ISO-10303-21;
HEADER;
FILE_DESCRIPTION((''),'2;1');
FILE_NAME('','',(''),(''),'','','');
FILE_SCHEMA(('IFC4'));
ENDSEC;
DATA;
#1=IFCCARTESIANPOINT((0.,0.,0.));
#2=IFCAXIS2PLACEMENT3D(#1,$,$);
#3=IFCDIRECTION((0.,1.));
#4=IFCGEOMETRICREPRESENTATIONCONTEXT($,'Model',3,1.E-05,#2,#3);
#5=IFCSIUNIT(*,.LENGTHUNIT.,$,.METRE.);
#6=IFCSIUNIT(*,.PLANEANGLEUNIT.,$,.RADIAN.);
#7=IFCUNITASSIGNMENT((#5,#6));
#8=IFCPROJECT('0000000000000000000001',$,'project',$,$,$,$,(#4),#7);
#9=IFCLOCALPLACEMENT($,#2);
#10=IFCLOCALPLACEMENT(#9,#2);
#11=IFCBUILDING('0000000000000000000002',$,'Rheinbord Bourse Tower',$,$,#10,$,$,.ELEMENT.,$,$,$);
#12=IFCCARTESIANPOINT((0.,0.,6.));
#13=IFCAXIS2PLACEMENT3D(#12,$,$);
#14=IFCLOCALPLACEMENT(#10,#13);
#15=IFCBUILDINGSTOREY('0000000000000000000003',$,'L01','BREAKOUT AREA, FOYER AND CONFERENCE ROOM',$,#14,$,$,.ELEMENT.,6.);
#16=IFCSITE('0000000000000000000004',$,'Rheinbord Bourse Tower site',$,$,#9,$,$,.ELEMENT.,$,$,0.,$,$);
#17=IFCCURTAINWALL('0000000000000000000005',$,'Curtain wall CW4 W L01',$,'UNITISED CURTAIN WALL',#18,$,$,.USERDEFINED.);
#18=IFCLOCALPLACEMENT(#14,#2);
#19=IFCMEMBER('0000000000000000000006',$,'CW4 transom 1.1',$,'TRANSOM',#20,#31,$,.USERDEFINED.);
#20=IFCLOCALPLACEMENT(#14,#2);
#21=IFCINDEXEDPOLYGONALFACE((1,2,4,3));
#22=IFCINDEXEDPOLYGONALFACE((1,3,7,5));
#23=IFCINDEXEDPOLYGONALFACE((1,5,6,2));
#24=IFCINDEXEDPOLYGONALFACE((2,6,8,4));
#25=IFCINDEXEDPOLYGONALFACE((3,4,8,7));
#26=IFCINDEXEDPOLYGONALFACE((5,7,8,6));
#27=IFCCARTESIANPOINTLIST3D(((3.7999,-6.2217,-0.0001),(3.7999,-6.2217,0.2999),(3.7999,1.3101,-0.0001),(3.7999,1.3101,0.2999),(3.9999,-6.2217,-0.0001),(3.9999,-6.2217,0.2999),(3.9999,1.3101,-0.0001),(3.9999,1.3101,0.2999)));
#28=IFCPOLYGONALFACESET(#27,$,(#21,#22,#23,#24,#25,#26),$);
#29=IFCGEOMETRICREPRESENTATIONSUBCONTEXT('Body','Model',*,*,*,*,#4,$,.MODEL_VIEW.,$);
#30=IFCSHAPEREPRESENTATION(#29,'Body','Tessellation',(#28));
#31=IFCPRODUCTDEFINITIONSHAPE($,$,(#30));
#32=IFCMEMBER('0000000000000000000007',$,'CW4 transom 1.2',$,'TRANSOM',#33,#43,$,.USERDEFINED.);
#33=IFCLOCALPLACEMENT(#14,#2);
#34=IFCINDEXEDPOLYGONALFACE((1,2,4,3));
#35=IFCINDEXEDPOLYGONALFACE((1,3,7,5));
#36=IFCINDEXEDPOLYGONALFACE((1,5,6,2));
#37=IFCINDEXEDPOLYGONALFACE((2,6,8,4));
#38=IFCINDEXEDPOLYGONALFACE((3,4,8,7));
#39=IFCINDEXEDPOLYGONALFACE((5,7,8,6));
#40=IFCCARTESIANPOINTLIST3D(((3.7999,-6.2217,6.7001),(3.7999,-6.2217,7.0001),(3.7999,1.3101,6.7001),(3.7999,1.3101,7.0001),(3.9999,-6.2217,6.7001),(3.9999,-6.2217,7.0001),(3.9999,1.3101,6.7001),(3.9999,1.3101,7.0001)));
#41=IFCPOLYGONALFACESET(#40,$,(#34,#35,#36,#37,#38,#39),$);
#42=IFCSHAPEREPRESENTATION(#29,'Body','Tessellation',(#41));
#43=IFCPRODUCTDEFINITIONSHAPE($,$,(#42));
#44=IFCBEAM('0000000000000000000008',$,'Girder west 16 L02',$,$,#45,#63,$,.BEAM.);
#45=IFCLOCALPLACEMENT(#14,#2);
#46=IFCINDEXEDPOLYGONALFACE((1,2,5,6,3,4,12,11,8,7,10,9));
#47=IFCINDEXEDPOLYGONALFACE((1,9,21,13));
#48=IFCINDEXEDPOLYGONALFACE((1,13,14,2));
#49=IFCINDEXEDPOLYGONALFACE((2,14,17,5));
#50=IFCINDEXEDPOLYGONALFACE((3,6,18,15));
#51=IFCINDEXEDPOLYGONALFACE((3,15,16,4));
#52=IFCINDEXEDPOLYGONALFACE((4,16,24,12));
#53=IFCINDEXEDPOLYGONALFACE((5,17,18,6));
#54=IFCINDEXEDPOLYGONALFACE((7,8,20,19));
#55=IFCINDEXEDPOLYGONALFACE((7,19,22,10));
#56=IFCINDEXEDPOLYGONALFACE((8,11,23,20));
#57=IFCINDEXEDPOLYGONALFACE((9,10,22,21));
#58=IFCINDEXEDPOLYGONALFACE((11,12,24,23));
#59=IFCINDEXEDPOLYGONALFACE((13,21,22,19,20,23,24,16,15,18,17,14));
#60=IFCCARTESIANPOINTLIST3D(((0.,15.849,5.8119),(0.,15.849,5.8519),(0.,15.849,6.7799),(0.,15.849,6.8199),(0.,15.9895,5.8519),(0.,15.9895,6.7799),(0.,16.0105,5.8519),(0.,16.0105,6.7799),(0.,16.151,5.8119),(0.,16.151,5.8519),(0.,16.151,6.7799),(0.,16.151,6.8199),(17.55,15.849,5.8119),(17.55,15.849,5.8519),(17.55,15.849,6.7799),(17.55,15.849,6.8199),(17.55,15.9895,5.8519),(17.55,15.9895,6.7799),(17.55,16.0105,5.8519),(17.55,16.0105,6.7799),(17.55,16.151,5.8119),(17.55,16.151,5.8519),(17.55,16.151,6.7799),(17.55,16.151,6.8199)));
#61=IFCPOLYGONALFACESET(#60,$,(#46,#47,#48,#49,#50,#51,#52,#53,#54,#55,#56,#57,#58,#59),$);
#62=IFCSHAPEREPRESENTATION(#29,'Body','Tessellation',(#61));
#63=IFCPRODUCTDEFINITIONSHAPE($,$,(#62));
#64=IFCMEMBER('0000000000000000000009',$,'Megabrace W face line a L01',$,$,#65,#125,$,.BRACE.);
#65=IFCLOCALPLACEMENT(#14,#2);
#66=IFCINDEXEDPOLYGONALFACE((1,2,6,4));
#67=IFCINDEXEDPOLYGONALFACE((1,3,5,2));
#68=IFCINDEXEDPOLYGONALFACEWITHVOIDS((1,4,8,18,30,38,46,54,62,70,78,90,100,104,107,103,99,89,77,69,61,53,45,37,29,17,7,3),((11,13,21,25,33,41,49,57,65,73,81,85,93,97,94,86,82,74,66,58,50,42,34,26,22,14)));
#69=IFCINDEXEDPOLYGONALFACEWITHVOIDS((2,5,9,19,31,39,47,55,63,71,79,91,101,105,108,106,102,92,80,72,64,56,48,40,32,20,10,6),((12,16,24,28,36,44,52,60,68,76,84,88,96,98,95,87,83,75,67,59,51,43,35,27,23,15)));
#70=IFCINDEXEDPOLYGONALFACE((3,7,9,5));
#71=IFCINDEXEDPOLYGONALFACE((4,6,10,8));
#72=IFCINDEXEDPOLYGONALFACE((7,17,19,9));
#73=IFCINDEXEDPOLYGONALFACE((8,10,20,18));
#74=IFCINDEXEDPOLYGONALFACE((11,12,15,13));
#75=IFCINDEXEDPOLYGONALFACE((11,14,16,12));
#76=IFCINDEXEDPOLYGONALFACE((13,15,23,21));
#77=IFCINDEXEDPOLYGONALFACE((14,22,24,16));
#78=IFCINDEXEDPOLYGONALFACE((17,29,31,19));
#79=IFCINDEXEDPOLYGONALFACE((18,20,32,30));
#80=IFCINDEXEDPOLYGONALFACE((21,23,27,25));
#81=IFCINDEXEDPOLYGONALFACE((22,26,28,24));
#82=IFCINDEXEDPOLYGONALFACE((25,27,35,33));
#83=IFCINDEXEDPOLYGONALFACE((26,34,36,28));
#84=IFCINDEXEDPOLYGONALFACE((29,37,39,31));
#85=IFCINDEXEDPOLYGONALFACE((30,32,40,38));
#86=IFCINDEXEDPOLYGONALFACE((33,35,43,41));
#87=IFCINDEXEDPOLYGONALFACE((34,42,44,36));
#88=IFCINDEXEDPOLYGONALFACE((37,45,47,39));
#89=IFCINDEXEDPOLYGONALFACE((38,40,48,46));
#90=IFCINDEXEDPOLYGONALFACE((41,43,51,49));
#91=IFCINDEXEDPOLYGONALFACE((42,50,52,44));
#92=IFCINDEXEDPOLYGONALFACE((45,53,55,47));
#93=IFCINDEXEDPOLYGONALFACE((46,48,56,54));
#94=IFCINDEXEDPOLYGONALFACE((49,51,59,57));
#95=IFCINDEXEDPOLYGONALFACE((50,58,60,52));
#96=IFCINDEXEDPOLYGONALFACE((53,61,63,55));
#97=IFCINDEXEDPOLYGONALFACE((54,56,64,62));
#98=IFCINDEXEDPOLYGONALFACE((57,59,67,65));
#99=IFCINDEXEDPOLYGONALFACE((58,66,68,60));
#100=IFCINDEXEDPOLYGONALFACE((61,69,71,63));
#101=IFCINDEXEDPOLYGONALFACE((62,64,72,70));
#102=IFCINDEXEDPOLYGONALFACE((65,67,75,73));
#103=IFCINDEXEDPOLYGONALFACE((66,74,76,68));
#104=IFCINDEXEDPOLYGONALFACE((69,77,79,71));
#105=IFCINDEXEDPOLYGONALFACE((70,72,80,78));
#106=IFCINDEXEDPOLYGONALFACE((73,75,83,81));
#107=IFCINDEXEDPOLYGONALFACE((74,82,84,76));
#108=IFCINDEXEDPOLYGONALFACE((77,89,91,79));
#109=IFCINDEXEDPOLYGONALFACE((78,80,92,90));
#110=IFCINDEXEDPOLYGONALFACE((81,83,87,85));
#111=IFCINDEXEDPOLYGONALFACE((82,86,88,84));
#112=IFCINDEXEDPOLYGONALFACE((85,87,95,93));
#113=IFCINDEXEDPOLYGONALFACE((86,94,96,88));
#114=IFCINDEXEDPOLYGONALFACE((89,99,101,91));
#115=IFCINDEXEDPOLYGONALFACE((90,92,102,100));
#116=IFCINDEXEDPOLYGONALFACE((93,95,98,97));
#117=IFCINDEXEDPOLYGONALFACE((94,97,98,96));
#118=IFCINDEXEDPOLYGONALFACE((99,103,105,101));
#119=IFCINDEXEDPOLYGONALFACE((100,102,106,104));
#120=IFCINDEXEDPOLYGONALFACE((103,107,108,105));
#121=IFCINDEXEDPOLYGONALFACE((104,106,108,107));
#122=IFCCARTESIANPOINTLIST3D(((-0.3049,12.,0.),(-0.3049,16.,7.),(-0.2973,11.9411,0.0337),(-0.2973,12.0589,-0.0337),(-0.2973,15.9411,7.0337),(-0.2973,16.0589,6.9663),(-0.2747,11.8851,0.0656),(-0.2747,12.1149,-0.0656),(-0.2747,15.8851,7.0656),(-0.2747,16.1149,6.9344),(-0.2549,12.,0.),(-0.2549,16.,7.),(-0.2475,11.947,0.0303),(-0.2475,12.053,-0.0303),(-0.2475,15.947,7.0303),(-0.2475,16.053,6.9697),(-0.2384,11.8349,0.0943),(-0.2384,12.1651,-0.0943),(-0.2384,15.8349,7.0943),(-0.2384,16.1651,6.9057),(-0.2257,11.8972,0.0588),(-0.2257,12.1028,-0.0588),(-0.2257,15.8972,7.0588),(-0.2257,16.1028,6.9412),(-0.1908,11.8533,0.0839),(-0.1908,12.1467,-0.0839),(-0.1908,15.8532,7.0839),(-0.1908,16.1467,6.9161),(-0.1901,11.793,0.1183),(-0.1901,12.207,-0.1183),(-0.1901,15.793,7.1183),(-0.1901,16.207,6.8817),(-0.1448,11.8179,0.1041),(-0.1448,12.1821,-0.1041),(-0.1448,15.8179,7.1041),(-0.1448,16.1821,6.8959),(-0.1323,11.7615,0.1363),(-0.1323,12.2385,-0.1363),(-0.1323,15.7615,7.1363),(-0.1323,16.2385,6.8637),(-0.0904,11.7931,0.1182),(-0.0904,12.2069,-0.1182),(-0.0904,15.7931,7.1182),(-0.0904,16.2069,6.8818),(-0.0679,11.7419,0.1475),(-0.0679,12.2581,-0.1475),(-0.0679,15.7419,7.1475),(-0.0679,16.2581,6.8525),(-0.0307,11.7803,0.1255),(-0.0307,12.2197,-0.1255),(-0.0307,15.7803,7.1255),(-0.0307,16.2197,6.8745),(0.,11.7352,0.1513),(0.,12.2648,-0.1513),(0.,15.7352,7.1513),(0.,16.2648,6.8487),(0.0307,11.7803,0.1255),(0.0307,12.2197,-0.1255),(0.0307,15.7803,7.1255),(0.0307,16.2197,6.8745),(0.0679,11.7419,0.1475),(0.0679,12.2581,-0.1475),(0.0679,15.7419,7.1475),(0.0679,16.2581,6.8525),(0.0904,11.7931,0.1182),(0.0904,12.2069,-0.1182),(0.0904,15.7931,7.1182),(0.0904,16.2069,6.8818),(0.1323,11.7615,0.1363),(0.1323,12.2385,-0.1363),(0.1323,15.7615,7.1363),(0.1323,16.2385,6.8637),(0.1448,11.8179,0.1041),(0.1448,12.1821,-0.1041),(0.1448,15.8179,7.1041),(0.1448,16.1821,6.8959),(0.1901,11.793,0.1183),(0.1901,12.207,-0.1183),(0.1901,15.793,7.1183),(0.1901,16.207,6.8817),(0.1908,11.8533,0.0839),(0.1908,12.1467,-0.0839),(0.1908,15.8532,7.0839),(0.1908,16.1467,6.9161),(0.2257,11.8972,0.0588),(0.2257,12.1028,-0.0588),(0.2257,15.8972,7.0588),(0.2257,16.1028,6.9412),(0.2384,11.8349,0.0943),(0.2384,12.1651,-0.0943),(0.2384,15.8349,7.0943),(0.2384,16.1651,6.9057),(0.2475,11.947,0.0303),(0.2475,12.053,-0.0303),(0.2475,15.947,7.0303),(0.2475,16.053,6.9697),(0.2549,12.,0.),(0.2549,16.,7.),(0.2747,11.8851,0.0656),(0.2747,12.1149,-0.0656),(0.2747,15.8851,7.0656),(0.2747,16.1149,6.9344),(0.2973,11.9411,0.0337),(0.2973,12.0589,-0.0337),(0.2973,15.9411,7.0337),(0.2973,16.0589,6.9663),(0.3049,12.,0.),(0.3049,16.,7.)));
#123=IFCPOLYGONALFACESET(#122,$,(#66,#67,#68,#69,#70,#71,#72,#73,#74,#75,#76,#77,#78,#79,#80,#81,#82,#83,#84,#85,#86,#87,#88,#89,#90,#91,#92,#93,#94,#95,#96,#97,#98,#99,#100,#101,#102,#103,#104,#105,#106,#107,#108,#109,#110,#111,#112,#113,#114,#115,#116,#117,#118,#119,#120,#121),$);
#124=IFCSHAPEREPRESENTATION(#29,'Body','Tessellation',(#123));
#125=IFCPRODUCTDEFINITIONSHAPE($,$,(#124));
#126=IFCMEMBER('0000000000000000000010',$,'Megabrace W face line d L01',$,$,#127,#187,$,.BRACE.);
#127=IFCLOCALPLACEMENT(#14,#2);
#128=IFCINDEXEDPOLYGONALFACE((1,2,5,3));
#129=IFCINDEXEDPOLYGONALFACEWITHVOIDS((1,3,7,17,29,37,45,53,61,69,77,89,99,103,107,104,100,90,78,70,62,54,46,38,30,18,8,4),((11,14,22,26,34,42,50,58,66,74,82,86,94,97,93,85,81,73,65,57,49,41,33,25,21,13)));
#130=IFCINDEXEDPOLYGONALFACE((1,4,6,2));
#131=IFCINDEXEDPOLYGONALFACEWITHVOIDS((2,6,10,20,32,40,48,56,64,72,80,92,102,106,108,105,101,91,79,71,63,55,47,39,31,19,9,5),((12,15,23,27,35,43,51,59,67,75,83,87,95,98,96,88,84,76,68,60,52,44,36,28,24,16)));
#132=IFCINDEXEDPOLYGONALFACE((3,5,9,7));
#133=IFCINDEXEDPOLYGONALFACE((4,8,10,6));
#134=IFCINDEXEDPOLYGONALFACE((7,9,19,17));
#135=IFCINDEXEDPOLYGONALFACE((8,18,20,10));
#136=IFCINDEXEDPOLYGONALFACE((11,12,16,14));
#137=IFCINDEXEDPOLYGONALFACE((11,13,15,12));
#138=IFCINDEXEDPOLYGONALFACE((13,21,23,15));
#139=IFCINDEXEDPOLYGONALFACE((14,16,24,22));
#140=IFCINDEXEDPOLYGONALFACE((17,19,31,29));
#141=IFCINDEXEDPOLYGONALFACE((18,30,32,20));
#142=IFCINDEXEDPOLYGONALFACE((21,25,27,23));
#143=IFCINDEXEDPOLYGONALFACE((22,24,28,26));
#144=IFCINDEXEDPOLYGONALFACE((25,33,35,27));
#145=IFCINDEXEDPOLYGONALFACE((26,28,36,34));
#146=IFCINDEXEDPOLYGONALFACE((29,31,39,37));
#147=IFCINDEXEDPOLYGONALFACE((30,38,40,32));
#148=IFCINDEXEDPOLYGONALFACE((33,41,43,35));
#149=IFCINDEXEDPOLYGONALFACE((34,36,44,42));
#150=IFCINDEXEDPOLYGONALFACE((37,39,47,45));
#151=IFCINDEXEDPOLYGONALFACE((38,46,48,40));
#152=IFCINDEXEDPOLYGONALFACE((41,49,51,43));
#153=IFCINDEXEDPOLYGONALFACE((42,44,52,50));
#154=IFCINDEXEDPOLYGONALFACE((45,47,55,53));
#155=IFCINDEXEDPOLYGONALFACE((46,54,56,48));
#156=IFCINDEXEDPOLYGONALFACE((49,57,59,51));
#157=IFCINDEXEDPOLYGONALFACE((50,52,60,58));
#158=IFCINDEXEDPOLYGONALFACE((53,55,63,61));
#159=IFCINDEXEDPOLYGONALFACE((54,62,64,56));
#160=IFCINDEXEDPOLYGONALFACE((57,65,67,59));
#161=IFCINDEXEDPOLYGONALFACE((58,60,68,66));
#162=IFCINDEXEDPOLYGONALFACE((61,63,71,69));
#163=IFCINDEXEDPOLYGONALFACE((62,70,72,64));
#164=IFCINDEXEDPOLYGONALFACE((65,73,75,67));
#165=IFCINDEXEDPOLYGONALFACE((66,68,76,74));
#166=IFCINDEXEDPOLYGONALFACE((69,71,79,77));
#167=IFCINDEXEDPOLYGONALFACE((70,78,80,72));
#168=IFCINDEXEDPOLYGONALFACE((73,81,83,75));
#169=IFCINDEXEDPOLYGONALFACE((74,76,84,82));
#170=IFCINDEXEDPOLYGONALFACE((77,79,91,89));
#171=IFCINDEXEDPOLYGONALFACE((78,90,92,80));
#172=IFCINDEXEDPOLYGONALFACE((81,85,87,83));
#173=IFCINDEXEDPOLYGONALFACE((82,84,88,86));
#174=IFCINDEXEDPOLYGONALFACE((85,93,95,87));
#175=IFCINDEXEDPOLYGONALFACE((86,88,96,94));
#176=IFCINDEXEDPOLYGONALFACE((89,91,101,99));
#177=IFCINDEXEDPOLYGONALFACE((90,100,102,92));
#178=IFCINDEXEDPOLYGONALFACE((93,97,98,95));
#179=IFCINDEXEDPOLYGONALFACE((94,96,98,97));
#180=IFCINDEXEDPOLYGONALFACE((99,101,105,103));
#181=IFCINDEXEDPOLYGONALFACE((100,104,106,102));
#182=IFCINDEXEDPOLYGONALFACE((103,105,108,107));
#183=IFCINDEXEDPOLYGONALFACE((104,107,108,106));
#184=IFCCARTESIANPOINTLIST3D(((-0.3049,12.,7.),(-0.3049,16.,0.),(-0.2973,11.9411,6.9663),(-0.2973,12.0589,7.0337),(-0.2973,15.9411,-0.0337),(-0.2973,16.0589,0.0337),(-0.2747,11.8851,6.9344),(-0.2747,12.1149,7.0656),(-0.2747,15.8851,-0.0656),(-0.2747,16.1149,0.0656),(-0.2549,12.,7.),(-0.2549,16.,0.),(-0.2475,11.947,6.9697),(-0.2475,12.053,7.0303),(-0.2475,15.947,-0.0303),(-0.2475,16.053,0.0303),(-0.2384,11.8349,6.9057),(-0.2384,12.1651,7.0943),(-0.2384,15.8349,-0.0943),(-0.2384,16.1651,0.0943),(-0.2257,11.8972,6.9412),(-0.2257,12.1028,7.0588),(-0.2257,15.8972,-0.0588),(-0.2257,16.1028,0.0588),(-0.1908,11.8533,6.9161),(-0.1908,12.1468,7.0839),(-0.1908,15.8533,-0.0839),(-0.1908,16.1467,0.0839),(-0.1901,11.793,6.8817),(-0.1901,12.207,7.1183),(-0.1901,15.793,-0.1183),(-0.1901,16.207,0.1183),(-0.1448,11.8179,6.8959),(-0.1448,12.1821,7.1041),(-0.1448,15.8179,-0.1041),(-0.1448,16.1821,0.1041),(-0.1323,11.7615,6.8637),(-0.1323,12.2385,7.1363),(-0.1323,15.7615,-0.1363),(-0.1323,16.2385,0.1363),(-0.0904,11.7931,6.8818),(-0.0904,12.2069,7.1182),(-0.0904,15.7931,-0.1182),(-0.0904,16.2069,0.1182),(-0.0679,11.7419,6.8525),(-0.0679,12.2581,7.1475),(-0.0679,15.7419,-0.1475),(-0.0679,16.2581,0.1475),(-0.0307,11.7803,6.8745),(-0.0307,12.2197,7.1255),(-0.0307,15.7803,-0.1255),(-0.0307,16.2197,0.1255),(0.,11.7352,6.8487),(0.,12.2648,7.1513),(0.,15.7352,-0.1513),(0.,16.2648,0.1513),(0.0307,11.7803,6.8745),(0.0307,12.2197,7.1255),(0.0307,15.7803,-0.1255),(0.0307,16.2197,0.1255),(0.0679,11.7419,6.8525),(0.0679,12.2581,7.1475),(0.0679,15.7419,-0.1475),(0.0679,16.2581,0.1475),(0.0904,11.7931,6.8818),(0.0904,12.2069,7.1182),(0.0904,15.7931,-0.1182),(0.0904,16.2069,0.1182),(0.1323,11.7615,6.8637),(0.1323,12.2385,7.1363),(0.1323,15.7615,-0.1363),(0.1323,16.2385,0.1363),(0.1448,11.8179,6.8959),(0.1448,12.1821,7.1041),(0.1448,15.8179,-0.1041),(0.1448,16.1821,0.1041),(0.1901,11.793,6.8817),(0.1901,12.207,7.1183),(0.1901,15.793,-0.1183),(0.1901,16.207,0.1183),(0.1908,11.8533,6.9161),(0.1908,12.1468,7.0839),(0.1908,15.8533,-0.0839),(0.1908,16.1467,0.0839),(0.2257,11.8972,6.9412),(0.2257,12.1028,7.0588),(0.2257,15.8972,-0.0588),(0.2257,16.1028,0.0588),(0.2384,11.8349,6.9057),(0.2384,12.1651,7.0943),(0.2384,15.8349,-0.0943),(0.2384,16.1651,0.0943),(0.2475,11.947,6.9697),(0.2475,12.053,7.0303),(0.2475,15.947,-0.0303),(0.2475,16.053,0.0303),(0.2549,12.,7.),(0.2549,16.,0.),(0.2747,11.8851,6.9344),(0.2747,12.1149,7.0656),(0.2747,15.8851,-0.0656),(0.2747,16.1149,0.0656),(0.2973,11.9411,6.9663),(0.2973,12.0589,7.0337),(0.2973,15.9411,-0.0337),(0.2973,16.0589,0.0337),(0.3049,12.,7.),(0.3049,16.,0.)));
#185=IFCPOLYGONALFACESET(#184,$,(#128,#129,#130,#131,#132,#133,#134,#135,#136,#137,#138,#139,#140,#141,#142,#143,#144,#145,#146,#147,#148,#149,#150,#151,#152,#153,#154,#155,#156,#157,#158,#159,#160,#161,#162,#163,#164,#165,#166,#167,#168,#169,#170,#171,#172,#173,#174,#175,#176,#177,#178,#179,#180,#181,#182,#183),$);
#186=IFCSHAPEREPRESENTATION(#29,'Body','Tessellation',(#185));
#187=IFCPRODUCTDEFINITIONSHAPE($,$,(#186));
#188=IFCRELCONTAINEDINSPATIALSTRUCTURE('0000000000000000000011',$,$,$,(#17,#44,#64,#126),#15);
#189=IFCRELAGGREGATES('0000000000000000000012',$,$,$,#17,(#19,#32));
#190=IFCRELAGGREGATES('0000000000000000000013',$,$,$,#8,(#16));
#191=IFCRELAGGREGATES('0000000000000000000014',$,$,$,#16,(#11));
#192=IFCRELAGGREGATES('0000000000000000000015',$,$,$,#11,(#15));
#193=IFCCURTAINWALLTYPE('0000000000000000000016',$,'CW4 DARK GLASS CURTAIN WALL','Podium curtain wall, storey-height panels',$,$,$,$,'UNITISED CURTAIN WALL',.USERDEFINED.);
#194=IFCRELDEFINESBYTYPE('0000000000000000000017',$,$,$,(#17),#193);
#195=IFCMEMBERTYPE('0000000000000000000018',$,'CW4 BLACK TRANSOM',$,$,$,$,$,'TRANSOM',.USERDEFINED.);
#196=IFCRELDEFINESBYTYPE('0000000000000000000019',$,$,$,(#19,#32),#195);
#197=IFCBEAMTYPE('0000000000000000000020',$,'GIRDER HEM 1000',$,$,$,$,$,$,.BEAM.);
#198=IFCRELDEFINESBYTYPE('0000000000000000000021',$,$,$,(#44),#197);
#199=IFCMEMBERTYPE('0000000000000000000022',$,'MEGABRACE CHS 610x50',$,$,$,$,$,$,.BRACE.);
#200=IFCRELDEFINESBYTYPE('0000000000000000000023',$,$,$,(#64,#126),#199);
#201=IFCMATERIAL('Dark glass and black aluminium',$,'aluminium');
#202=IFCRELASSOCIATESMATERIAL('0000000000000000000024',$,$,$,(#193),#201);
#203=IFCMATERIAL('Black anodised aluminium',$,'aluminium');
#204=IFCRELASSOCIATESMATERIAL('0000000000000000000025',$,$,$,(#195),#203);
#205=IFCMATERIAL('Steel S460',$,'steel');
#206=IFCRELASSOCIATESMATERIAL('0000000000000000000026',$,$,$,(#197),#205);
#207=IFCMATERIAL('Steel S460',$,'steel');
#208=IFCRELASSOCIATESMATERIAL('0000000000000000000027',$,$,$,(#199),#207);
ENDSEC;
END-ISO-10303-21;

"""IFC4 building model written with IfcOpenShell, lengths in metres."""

from ifc_helpers import new_model, si_unit, direction, frame, origin, origin_2d, place, context, subcontext, project, spatial, rectangle, hollow_circle, i_section, extrude, material, material_profile, profile_set, type_object, element, aggregate, save


model = new_model("IFC4")

# Units and contexts
model_context = context("Model", 3, precision=1e-05, world=origin(), true_north=direction((0.0, 1.0)))
body_context = subcontext(model_context, "Body", "Model", "MODEL_VIEW")
ifc_project = project(units=[si_unit("LENGTHUNIT", "METRE"), si_unit("PLANEANGLEUNIT", "RADIAN")], contexts=[model_context])

# Site, building, storey
site_placement = place(None, origin())
site = spatial("IfcSite", under=ifc_project, at=site_placement, Name="Rheinbord Bourse Tower site", CompositionType="ELEMENT", RefElevation=0.0)
building_placement = place(site_placement, origin())
building = spatial("IfcBuilding", under=site, at=building_placement, Name="Rheinbord Bourse Tower", CompositionType="ELEMENT")
storey_placement = place(building_placement, frame((0.0, 0.0, 6.0)))
storey = spatial("IfcBuildingStorey", under=building, at=storey_placement, Name="L01", Description="BREAKOUT AREA, FOYER AND CONFERENCE ROOM", CompositionType="ELEMENT", Elevation=6.0)

# Shared definitions
ifc_material_1 = material(Name="Dark glass and black aluminium", Category="aluminium")
curtain_wall_type = type_object("IfcCurtainWallType", Name="CW4 DARK GLASS CURTAIN WALL", Description="Podium curtain wall, storey-height panels", ElementType="UNITISED CURTAIN WALL", PredefinedType="USERDEFINED", material=ifc_material_1)

# Curtain wall
curtain_wall_1_placement = place(storey_placement, origin())
curtain_wall_1 = element("IfcCurtainWall", 1, at=curtain_wall_1_placement, inside=storey, type_object=curtain_wall_type, Name="Curtain wall CW4 W L01", ObjectType="UNITISED CURTAIN WALL", PredefinedType="USERDEFINED")

# Members
ifc_material_2 = material(Name="Black anodised aluminium", Category="aluminium")
ifc_material_profile_1 = material_profile(ifc_material_2, rectangle(XDim=0.2, YDim=0.3, at=origin_2d()), Name="CW4 TRANSOM 300x200")
ifc_profile_set_1 = profile_set([ifc_material_profile_1], Name="Black anodised aluminium")
member_type_1 = type_object("IfcMemberType", Name="CW4 BLACK TRANSOM", ElementType="TRANSOM", PredefinedType="USERDEFINED", material=ifc_profile_set_1)
member_1_placement = place(storey_placement, frame((3.8999, 1.3101, 0.1499), z_axis=(0.0, -1.0, 0.0), x_axis=(1.0, 0.0, 0.0)))
member_1 = element("IfcMember", 2, at=member_1_placement, type_object=member_type_1, Name="CW4 transom 1.1", ObjectType="TRANSOM", PredefinedType="USERDEFINED", context=body_context, shape_type="SweptSolid", body=[
    extrude(rectangle(XDim=0.2, YDim=0.3, at=origin_2d()), origin(), (0.0, 0.0, 1.0), 7.5317),
])
member_2_placement = place(storey_placement, frame((3.8999, 1.3101, 6.8501), z_axis=(0.0, -1.0, 0.0), x_axis=(1.0, 0.0, 0.0)))
member_2 = element("IfcMember", 3, at=member_2_placement, type_object=member_type_1, Name="CW4 transom 1.2", ObjectType="TRANSOM", PredefinedType="USERDEFINED", context=body_context, shape_type="SweptSolid", body=[
    extrude(rectangle(XDim=0.2, YDim=0.3, at=origin_2d()), origin(), (0.0, 0.0, 1.0), 7.5317),
])
aggregate(curtain_wall_1, [member_1, member_2])

# Beam
ifc_material_3 = material(Name="Steel S460", Category="steel")
ifc_material_profile_2 = material_profile(ifc_material_3, i_section(OverallWidth=0.302, OverallDepth=1.0081, WebThickness=0.021, FlangeThickness=0.04, at=origin_2d()), Name="HEM 1000")
ifc_profile_set_2 = profile_set([ifc_material_profile_2], Name="Steel S460")
beam_type_1 = type_object("IfcBeamType", Name="GIRDER HEM 1000", PredefinedType="BEAM", material=ifc_profile_set_2)
beam_1_placement = place(storey_placement, frame((0.0, 16.0, 6.3159), z_axis=(1.0, 0.0, 0.0), x_axis=(0.0, 1.0, 0.0)))
element("IfcBeam", 4, at=beam_1_placement, inside=storey, type_object=beam_type_1, Name="Girder west 16 L02", PredefinedType="BEAM", context=body_context, shape_type="SweptSolid", body=[
    extrude(i_section(OverallWidth=0.302, OverallDepth=1.0081, WebThickness=0.021, FlangeThickness=0.04, at=origin_2d()), origin(), (0.0, 0.0, 1.0), 17.55),
])

# Members
ifc_material_4 = material(Name="Steel S460", Category="steel")
ifc_material_profile_3 = material_profile(ifc_material_4, hollow_circle(Radius=0.3049, WallThickness=0.05, at=origin_2d()), Name="CHS 610x50")
ifc_profile_set_3 = profile_set([ifc_material_profile_3], Name="Steel S460")
member_type_2 = type_object("IfcMemberType", Name="MEGABRACE CHS 610x50", PredefinedType="BRACE", material=ifc_profile_set_3)
for number, where, z_axis, x_axis, name in (
    (5, (0.0, 12.0, 0.0), (0.0, 0.496139, 0.868243), (-1.0, 0.0, 0.0), "Megabrace W face line a L01"),
    (6, (0.0, 16.0, 0.0), (0.0, -0.496139, 0.868243), (1.0, 0.0, 0.0), "Megabrace W face line d L01"),
):
    element("IfcMember", number, at=place(storey_placement, frame(where, z_axis=z_axis, x_axis=x_axis)), inside=storey, type_object=member_type_2, Name=name, PredefinedType="BRACE", context=body_context, shape_type="SweptSolid", body=[
        extrude(hollow_circle(Radius=0.3049, WallThickness=0.05, at=origin_2d()), origin(), (0.0, 0.0, 1.0), 8.0623),
    ])

save(model, "model.ifc")
